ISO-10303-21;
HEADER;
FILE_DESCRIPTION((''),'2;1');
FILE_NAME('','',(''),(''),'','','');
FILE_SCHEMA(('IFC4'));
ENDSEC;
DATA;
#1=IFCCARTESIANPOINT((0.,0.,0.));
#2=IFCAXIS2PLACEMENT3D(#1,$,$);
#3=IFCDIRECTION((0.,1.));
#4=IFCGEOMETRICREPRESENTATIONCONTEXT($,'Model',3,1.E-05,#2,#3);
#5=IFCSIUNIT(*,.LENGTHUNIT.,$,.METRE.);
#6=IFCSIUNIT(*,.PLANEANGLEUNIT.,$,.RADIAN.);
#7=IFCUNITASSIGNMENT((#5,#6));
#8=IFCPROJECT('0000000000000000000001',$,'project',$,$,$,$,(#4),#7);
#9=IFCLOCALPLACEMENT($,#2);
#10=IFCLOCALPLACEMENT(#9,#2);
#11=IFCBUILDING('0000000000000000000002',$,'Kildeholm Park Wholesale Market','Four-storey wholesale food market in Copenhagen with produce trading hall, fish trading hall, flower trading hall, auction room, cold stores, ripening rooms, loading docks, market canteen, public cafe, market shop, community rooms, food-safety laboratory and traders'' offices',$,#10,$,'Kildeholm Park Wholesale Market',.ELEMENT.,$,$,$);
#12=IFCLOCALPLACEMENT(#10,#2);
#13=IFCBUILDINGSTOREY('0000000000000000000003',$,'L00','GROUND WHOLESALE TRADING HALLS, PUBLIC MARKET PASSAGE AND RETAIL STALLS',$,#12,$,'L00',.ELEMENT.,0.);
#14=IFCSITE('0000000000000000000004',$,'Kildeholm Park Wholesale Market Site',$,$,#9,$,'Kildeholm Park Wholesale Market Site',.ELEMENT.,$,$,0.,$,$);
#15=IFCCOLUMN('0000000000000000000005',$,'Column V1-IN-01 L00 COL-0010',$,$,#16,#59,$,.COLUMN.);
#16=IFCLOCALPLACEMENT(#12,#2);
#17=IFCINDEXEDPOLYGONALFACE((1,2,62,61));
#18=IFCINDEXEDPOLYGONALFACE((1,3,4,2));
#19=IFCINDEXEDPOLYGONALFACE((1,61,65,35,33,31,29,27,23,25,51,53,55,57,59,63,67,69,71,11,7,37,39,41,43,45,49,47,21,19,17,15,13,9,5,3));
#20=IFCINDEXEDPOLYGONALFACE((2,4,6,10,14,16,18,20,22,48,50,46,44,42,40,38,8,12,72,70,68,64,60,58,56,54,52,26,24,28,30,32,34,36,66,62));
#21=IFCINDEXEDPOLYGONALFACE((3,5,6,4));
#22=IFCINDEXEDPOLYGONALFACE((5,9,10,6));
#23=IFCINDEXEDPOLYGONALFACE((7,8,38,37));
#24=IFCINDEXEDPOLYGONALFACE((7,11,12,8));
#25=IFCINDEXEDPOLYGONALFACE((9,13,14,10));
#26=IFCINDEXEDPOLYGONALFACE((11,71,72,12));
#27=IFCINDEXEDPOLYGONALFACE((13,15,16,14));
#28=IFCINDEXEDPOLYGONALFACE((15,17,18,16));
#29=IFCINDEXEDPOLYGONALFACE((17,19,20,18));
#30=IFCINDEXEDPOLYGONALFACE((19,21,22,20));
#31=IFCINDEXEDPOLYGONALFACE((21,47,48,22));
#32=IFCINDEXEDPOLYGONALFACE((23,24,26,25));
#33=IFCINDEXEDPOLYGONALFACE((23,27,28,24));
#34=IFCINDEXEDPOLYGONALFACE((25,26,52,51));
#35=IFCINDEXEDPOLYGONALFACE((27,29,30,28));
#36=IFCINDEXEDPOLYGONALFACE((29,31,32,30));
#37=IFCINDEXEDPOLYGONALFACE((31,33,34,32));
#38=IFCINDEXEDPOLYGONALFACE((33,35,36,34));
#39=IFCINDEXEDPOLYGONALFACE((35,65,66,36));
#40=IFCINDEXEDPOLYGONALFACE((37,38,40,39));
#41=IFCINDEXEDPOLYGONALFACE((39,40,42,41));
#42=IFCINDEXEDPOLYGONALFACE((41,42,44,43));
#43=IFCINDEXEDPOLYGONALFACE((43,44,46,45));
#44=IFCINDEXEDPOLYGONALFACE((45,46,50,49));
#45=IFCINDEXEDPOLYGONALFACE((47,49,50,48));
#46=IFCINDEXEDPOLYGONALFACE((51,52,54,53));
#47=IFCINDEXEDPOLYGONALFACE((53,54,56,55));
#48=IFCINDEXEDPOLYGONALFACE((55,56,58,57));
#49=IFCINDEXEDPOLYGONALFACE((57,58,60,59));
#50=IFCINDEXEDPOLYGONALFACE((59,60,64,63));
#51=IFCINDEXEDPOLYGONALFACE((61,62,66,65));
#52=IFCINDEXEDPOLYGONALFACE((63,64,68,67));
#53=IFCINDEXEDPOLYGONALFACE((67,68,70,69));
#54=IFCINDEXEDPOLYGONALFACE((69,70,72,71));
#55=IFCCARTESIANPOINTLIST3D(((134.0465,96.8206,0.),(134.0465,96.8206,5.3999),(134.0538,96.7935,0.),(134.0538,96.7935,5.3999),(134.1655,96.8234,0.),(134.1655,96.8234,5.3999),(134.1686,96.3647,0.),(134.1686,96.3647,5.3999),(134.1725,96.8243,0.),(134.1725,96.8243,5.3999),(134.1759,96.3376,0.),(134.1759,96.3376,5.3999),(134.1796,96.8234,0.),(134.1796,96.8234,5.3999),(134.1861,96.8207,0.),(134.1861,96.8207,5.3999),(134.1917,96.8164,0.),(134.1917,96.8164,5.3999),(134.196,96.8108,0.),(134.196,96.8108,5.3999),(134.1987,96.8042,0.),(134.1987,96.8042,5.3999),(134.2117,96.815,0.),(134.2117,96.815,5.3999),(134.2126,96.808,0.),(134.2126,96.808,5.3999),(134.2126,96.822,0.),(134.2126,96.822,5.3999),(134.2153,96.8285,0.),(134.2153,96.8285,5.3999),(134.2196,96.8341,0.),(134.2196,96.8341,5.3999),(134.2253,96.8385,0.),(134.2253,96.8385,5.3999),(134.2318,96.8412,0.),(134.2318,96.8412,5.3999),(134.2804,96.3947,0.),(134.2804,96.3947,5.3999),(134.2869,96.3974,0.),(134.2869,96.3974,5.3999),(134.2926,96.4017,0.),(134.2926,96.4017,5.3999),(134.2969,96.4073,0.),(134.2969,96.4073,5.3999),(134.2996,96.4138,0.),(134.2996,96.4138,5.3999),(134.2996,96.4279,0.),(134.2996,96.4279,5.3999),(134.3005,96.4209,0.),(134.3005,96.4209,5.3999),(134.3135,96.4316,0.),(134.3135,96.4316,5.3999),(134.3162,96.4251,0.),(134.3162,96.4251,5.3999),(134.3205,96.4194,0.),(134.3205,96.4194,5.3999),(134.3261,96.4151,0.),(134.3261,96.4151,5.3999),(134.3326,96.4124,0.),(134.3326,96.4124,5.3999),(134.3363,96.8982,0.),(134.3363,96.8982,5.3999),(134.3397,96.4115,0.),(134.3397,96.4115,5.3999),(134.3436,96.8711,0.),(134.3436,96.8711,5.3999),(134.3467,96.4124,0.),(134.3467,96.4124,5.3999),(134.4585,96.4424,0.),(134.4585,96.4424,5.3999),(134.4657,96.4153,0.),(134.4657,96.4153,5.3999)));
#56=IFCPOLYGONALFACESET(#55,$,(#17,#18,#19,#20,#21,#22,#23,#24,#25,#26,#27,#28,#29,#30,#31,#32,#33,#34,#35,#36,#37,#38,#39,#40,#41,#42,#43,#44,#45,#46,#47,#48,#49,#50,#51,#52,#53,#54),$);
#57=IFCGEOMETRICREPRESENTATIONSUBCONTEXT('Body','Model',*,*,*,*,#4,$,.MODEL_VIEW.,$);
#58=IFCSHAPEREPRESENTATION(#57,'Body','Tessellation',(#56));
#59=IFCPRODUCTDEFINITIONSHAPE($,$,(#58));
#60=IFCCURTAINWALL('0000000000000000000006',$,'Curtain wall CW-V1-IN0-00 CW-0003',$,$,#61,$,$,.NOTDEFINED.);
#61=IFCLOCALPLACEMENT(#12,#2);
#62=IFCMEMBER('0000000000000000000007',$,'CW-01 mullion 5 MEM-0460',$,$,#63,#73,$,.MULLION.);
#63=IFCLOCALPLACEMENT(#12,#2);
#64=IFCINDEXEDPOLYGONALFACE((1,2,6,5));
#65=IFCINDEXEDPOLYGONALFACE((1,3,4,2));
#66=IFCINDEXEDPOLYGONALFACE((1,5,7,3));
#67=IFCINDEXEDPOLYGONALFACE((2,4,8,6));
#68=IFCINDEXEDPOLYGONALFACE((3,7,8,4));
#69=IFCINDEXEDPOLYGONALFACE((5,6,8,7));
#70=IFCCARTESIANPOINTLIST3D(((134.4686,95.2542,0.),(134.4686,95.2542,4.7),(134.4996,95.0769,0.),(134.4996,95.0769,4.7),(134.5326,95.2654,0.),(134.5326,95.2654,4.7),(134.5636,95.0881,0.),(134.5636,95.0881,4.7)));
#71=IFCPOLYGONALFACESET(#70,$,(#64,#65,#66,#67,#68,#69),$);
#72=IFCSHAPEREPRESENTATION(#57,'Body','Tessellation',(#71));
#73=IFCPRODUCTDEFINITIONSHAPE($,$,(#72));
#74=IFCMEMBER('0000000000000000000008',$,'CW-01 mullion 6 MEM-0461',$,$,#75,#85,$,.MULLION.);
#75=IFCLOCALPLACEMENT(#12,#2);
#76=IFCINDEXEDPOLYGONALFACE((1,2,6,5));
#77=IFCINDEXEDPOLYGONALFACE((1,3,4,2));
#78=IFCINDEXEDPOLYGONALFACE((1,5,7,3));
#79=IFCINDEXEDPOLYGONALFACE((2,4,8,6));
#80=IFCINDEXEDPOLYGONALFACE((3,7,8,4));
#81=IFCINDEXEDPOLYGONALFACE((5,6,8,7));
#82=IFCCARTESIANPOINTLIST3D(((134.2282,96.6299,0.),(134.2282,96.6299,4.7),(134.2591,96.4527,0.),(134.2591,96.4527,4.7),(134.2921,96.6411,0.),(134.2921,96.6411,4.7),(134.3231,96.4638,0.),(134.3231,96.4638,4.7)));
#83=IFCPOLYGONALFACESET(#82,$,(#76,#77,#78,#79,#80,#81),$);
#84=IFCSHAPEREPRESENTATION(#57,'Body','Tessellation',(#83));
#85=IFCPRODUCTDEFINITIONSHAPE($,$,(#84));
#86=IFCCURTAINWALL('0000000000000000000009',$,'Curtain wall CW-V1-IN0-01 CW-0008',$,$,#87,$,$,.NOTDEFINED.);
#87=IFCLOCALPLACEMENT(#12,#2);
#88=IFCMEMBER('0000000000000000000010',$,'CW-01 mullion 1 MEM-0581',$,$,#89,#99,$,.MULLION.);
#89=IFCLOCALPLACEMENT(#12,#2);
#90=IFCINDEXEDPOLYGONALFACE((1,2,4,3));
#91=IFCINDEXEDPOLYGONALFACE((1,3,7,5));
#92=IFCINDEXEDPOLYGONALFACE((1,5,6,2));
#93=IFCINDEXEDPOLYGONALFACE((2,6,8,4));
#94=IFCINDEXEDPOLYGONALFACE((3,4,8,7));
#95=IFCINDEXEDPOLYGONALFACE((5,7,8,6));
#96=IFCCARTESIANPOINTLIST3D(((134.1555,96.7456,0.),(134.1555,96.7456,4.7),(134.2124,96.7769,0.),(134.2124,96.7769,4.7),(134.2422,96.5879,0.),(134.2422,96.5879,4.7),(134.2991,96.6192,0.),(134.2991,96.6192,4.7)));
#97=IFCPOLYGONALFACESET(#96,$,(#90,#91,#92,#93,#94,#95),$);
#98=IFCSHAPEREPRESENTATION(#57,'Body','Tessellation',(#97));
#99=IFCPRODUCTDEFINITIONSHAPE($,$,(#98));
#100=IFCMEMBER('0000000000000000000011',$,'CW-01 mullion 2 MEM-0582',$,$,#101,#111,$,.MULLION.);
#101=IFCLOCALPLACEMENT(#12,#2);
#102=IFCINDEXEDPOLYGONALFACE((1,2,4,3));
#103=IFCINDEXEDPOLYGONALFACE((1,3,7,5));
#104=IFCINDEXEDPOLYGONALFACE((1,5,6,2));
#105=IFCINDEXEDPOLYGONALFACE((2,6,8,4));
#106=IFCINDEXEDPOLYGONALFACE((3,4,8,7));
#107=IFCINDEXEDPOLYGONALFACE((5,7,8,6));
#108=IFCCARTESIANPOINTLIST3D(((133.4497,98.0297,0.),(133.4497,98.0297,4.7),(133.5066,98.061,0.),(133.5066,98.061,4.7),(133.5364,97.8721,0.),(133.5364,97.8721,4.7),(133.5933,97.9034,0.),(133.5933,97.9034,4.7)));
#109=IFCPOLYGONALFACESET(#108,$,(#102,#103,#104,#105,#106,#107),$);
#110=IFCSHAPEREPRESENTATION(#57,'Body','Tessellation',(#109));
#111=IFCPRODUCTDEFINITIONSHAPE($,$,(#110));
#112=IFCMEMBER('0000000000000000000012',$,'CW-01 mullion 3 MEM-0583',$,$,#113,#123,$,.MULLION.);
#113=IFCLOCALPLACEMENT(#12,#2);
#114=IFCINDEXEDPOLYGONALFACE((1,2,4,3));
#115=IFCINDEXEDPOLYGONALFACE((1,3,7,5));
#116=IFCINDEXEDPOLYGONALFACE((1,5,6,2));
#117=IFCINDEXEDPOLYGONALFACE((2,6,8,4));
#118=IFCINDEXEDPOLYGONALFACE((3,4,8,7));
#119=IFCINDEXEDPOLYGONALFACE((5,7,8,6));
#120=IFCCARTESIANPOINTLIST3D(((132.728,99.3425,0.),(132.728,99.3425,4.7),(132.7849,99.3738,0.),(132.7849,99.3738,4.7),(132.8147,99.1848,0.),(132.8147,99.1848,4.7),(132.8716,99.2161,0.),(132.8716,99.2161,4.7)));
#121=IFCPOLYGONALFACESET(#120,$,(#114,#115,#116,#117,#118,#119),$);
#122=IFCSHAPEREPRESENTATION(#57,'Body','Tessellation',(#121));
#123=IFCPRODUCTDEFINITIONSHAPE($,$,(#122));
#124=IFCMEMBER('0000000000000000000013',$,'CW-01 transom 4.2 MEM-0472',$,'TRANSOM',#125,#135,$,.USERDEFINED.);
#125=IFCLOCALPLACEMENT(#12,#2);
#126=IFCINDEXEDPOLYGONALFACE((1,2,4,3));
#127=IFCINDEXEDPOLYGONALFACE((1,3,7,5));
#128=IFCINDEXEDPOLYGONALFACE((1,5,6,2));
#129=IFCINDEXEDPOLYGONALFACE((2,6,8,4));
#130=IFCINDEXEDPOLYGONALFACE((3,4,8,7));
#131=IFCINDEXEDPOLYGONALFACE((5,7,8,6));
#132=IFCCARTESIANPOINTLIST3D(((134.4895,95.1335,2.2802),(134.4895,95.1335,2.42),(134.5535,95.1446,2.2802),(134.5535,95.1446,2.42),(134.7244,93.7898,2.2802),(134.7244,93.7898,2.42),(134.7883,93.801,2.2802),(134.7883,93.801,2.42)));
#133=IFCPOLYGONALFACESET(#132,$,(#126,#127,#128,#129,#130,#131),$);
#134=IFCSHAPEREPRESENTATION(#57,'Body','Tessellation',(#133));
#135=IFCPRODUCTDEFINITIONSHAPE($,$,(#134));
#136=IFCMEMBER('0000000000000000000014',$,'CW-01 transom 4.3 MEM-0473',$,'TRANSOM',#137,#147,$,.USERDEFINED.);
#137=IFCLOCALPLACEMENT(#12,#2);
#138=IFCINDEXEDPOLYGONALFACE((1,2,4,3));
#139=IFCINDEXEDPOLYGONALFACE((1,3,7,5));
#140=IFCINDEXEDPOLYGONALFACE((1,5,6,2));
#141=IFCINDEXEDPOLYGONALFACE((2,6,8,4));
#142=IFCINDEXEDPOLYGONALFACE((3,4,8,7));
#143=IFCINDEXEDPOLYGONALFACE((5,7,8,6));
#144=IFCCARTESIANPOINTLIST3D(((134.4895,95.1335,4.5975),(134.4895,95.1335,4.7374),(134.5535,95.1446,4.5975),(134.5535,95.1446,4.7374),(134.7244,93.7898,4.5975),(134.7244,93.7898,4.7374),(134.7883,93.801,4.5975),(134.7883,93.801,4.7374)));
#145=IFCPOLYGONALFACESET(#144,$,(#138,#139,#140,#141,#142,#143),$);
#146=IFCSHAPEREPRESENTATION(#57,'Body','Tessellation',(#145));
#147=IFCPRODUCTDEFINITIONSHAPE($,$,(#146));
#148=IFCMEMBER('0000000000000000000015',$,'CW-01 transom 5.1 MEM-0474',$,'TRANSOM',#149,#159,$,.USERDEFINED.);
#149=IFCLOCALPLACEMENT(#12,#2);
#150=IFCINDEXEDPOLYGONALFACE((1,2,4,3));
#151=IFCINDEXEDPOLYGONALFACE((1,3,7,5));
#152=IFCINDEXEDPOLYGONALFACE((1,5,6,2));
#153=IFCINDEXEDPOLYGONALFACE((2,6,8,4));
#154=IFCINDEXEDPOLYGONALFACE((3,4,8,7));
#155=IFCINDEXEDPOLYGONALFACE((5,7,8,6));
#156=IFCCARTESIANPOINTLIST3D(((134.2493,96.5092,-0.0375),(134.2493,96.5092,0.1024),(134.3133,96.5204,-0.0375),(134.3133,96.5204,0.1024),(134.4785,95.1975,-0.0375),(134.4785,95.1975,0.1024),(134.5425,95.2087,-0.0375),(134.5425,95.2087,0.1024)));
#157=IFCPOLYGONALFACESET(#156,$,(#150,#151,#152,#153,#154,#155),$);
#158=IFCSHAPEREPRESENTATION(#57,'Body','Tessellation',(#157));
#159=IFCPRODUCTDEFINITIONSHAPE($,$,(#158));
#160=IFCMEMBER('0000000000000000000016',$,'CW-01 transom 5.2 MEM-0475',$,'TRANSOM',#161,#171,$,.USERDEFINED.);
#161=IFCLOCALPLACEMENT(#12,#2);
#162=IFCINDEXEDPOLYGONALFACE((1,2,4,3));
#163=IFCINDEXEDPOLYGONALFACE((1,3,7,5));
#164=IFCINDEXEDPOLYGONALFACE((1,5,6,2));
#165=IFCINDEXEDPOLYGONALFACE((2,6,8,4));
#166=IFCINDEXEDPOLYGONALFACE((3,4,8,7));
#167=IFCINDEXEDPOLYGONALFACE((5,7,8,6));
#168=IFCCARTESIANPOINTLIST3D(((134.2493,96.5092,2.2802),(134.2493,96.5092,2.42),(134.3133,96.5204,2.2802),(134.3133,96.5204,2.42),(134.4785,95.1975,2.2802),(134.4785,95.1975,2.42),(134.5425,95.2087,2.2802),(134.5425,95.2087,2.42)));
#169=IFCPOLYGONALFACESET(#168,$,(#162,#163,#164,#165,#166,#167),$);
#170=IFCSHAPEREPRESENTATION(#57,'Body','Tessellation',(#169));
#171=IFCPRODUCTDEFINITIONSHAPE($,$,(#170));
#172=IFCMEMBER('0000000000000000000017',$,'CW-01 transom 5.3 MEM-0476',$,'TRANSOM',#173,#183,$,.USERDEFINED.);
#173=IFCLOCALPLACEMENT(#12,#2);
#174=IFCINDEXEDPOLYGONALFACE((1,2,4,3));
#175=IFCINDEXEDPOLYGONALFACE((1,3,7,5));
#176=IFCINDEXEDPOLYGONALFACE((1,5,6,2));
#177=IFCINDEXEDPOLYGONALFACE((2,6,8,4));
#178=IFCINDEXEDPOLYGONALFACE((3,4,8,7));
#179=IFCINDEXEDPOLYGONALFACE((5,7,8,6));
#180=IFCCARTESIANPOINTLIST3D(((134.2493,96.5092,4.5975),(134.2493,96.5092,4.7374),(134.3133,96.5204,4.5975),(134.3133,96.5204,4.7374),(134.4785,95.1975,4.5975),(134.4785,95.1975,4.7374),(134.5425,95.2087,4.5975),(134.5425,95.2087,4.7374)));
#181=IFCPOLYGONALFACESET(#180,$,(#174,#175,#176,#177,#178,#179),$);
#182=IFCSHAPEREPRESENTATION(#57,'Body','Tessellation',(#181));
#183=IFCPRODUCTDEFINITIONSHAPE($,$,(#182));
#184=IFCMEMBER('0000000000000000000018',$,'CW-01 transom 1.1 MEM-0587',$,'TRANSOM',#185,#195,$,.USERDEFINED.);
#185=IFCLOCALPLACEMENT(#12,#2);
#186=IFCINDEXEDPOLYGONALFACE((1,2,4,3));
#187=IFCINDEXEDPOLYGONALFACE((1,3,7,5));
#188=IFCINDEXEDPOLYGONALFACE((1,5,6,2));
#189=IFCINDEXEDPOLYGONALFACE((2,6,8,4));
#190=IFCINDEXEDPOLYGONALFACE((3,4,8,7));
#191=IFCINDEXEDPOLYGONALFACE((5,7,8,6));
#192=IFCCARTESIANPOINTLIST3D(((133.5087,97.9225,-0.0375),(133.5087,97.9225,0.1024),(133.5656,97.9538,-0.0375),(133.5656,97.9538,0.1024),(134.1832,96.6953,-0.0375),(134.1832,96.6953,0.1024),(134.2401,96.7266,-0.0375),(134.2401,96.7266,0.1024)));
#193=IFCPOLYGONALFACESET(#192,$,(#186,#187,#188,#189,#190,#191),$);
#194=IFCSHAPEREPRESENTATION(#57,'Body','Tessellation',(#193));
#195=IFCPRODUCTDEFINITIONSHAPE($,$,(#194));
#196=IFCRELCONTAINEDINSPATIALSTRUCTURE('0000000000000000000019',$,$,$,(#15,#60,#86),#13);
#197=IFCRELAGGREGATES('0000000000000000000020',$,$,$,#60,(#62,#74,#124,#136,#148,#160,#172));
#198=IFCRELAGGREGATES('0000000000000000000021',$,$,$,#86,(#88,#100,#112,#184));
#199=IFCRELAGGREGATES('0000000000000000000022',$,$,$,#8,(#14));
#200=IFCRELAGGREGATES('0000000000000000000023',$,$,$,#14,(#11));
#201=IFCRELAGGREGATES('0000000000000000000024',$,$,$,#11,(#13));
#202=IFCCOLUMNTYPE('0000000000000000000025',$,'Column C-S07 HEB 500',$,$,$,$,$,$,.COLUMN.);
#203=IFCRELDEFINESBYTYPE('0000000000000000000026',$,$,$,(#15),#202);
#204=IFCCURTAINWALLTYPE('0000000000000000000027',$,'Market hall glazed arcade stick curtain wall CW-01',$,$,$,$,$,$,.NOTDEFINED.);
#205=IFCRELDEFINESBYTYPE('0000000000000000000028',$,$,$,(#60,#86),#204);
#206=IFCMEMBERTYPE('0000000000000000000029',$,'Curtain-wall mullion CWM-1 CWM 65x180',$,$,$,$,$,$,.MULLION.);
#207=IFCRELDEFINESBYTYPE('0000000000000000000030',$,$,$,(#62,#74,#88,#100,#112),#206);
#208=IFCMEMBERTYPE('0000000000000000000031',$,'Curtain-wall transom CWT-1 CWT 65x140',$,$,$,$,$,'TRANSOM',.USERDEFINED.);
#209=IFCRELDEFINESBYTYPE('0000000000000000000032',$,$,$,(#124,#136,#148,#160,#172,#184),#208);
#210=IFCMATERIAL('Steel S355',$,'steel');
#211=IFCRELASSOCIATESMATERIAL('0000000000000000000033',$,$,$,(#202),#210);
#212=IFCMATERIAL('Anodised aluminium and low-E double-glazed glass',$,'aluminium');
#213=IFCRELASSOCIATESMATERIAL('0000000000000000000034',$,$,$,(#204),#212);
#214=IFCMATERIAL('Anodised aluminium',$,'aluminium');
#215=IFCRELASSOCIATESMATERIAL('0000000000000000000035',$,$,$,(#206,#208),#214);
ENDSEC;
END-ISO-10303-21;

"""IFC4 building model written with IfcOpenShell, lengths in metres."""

from ifc_helpers import new_model, si_unit, direction, frame, origin, origin_2d, place, context, subcontext, project, spatial, rectangle, i_section, extrude, material, material_profile, profile_set, type_object, element, aggregate, save


model = new_model("IFC4")

# Units and contexts
model_context = context("Model", 3, precision=1e-05, world=origin(), true_north=direction((0.0, 1.0)))
body_context = subcontext(model_context, "Body", "Model", "MODEL_VIEW")
ifc_project = project(units=[si_unit("LENGTHUNIT", "METRE"), si_unit("PLANEANGLEUNIT", "RADIAN")], contexts=[model_context])

# Site, building, storey
site_placement = place(None, origin())
site = spatial("IfcSite", under=ifc_project, at=site_placement, Name="Kildeholm Park Wholesale Market Site", LongName="Kildeholm Park Wholesale Market Site", CompositionType="ELEMENT", RefElevation=0.0)
building_placement = place(site_placement, origin())
building = spatial("IfcBuilding", under=site, at=building_placement, Name="Kildeholm Park Wholesale Market", Description="Four-storey wholesale food market in Copenhagen with produce trading hall, fish trading hall, flower trading hall, auction room, cold stores, ripening rooms, loading docks, market canteen, public cafe, market shop, community rooms, food-safety laboratory and traders' offices", LongName="Kildeholm Park Wholesale Market", CompositionType="ELEMENT")
storey_placement = place(building_placement, origin())
storey = spatial("IfcBuildingStorey", under=building, at=storey_placement, Name="L00", Description="GROUND WHOLESALE TRADING HALLS, PUBLIC MARKET PASSAGE AND RETAIL STALLS", LongName="L00", CompositionType="ELEMENT", Elevation=0.0)

# Column
ifc_material_1 = material(Name="Steel S355", Category="steel")
ifc_material_profile_1 = material_profile(ifc_material_1, i_section(OverallWidth=0.3, OverallDepth=0.5, WebThickness=0.0144, FlangeThickness=0.0281, FilletRadius=0.0271, at=origin_2d()), Name="HEB 500")
ifc_profile_set_1 = profile_set([ifc_material_profile_1], Name="Steel S355")
column_type = type_object("IfcColumnType", Name="Column C-S07 HEB 500", PredefinedType="COLUMN", material=ifc_profile_set_1)
column_placement = place(storey_placement, frame((134.2561, 96.6179, 0.0), z_axis=(0.0, 0.0, 1.0), x_axis=(0.965926, 0.258819, 0.0)))
element("IfcColumn", 1, at=column_placement, inside=storey, type_object=column_type, Name="Column V1-IN-01 L00 COL-0010", PredefinedType="COLUMN", context=body_context, shape_type="SweptSolid", body=[
    extrude(i_section(OverallWidth=0.3, OverallDepth=0.5, WebThickness=0.0144, FlangeThickness=0.0281, FilletRadius=0.0271, at=origin_2d()), origin(), (0.0, 0.0, 1.0), 5.3999),
])

# Curtain walls, members
ifc_material_2 = material(Name="Anodised aluminium and low-E double-glazed glass", Category="aluminium")
curtain_wall_type = type_object("IfcCurtainWallType", Name="Market hall glazed arcade stick curtain wall CW-01", PredefinedType="NOTDEFINED", material=ifc_material_2)
curtain_wall_1_placement = place(storey_placement, origin())
curtain_wall_1 = element("IfcCurtainWall", 2, at=curtain_wall_1_placement, inside=storey, type_object=curtain_wall_type, Name="Curtain wall CW-V1-IN0-00 CW-0003", PredefinedType="NOTDEFINED")
ifc_material_3 = material(Name="Anodised aluminium", Category="aluminium")
ifc_material_profile_2 = material_profile(ifc_material_3, rectangle(XDim=0.0649, YDim=0.1799, at=origin_2d()), Name="CWM 65x180")
ifc_profile_set_2 = profile_set([ifc_material_profile_2], Name="Anodised aluminium")
member_type_1 = type_object("IfcMemberType", Name="Curtain-wall mullion CWM-1 CWM 65x180", PredefinedType="MULLION", material=ifc_profile_set_2)
member_1_placement = place(storey_placement, frame((134.5161, 95.1711, 0.0), z_axis=(0.0, 0.0, 1.0), x_axis=(-0.985074, -0.172133, 0.0)))
member_1 = element("IfcMember", 3, at=member_1_placement, type_object=member_type_1, Name="CW-01 mullion 5 MEM-0460", PredefinedType="MULLION", context=body_context, shape_type="SweptSolid", body=[
    extrude(rectangle(XDim=0.0649, YDim=0.1799, at=origin_2d()), origin(), (0.0, 0.0, 1.0), 4.7),
])
member_2_placement = place(storey_placement, frame((134.2756, 96.5469, 0.0), z_axis=(0.0, 0.0, 1.0), x_axis=(-0.985074, -0.172133, 0.0)))
member_2 = element("IfcMember", 4, at=member_2_placement, type_object=member_type_1, Name="CW-01 mullion 6 MEM-0461", PredefinedType="MULLION", context=body_context, shape_type="SweptSolid", body=[
    extrude(rectangle(XDim=0.0649, YDim=0.1799, at=origin_2d()), origin(), (0.0, 0.0, 1.0), 4.7),
])
curtain_wall_2_placement = place(storey_placement, origin())
curtain_wall_2 = element("IfcCurtainWall", 5, at=curtain_wall_2_placement, inside=storey, type_object=curtain_wall_type, Name="Curtain wall CW-V1-IN0-01 CW-0008", PredefinedType="NOTDEFINED")
member_3_placement = place(storey_placement, frame((134.2273, 96.6824, 0.0), z_axis=(0.0, 0.0, 1.0), x_axis=(-0.876309, -0.48175, 0.0)))
member_3 = element("IfcMember", 6, at=member_3_placement, type_object=member_type_1, Name="CW-01 mullion 1 MEM-0581", PredefinedType="MULLION", context=body_context, shape_type="SweptSolid", body=[
    extrude(rectangle(XDim=0.0649, YDim=0.1799, at=origin_2d()), origin(), (0.0, 0.0, 1.0), 4.7),
])
member_4_placement = place(storey_placement, frame((133.5215, 97.9666, 0.0), z_axis=(0.0, 0.0, 1.0), x_axis=(-0.876309, -0.48175, 0.0)))
member_4 = element("IfcMember", 7, at=member_4_placement, type_object=member_type_1, Name="CW-01 mullion 2 MEM-0582", PredefinedType="MULLION", context=body_context, shape_type="SweptSolid", body=[
    extrude(rectangle(XDim=0.0649, YDim=0.1799, at=origin_2d()), origin(), (0.0, 0.0, 1.0), 4.7),
])
member_5_placement = place(storey_placement, frame((132.7998, 99.2793, 0.0), z_axis=(0.0, 0.0, 1.0), x_axis=(-0.876309, -0.48175, 0.0)))
member_5 = element("IfcMember", 8, at=member_5_placement, type_object=member_type_1, Name="CW-01 mullion 3 MEM-0583", PredefinedType="MULLION", context=body_context, shape_type="SweptSolid", body=[
    extrude(rectangle(XDim=0.0649, YDim=0.1799, at=origin_2d()), origin(), (0.0, 0.0, 1.0), 4.7),
])

# Members
ifc_material_profile_3 = material_profile(ifc_material_3, rectangle(XDim=0.0649, YDim=0.1399, at=origin_2d()), Name="CWT 65x140")
ifc_profile_set_3 = profile_set([ifc_material_profile_3], Name="Anodised aluminium")
member_type_2 = type_object("IfcMemberType", Name="Curtain-wall transom CWT-1 CWT 65x140", ElementType="TRANSOM", PredefinedType="USERDEFINED", material=ifc_profile_set_3)
member_6_placement = place(storey_placement, frame((134.7563, 93.7954, 2.3501), z_axis=(-0.172172, 0.985067, 0.0), x_axis=(-0.985067, -0.172172, 0.0)))
member_6 = element("IfcMember", 9, at=member_6_placement, type_object=member_type_2, Name="CW-01 transom 4.2 MEM-0472", ObjectType="TRANSOM", PredefinedType="USERDEFINED", context=body_context, shape_type="SweptSolid", body=[
    extrude(rectangle(XDim=0.0649, YDim=0.1399, at=origin_2d()), origin(), (0.0, 0.0, 1.0), 1.364),
])
member_7_placement = place(storey_placement, frame((134.7563, 93.7954, 4.6675), z_axis=(-0.172172, 0.985067, 0.0), x_axis=(-0.985067, -0.172172, 0.0)))
member_7 = element("IfcMember", 10, at=member_7_placement, type_object=member_type_2, Name="CW-01 transom 4.3 MEM-0473", ObjectType="TRANSOM", PredefinedType="USERDEFINED", context=body_context, shape_type="SweptSolid", body=[
    extrude(rectangle(XDim=0.0649, YDim=0.1399, at=origin_2d()), origin(), (0.0, 0.0, 1.0), 1.364),
])
member_8_placement = place(storey_placement, frame((134.5105, 95.2031, 0.0325), z_axis=(-0.172154, 0.98507, 0.0), x_axis=(-0.98507, -0.172154, 0.0)))
member_8 = element("IfcMember", 11, at=member_8_placement, type_object=member_type_2, Name="CW-01 transom 5.1 MEM-0474", ObjectType="TRANSOM", PredefinedType="USERDEFINED", context=body_context, shape_type="SweptSolid", body=[
    extrude(rectangle(XDim=0.0649, YDim=0.1399, at=origin_2d()), origin(), (0.0, 0.0, 1.0), 1.3315),
])
member_9_placement = place(storey_placement, frame((134.5105, 95.2031, 2.3501), z_axis=(-0.172154, 0.98507, 0.0), x_axis=(-0.98507, -0.172154, 0.0)))
member_9 = element("IfcMember", 12, at=member_9_placement, type_object=member_type_2, Name="CW-01 transom 5.2 MEM-0475", ObjectType="TRANSOM", PredefinedType="USERDEFINED", context=body_context, shape_type="SweptSolid", body=[
    extrude(rectangle(XDim=0.0649, YDim=0.1399, at=origin_2d()), origin(), (0.0, 0.0, 1.0), 1.3315),
])
member_10_placement = place(storey_placement, frame((134.5105, 95.2031, 4.6675), z_axis=(-0.172154, 0.98507, 0.0), x_axis=(-0.98507, -0.172154, 0.0)))
member_10 = element("IfcMember", 13, at=member_10_placement, type_object=member_type_2, Name="CW-01 transom 5.3 MEM-0476", ObjectType="TRANSOM", PredefinedType="USERDEFINED", context=body_context, shape_type="SweptSolid", body=[
    extrude(rectangle(XDim=0.0649, YDim=0.1399, at=origin_2d()), origin(), (0.0, 0.0, 1.0), 1.3315),
])
member_11_placement = place(storey_placement, frame((134.2117, 96.7109, 0.0325), z_axis=(-0.481671, 0.876352, 0.0), x_axis=(-0.876352, -0.481671, 0.0)))
member_11 = element("IfcMember", 14, at=member_11_placement, type_object=member_type_2, Name="CW-01 transom 1.1 MEM-0587", ObjectType="TRANSOM", PredefinedType="USERDEFINED", context=body_context, shape_type="SweptSolid", body=[
    extrude(rectangle(XDim=0.0649, YDim=0.1399, at=origin_2d()), origin(), (0.0, 0.0, 1.0), 1.4004),
])

aggregate(curtain_wall_1, [member_1, member_2, member_6, member_7, member_8, member_9, member_10])
aggregate(curtain_wall_2, [member_3, member_4, member_5, member_11])

save(model, "model.ifc")
